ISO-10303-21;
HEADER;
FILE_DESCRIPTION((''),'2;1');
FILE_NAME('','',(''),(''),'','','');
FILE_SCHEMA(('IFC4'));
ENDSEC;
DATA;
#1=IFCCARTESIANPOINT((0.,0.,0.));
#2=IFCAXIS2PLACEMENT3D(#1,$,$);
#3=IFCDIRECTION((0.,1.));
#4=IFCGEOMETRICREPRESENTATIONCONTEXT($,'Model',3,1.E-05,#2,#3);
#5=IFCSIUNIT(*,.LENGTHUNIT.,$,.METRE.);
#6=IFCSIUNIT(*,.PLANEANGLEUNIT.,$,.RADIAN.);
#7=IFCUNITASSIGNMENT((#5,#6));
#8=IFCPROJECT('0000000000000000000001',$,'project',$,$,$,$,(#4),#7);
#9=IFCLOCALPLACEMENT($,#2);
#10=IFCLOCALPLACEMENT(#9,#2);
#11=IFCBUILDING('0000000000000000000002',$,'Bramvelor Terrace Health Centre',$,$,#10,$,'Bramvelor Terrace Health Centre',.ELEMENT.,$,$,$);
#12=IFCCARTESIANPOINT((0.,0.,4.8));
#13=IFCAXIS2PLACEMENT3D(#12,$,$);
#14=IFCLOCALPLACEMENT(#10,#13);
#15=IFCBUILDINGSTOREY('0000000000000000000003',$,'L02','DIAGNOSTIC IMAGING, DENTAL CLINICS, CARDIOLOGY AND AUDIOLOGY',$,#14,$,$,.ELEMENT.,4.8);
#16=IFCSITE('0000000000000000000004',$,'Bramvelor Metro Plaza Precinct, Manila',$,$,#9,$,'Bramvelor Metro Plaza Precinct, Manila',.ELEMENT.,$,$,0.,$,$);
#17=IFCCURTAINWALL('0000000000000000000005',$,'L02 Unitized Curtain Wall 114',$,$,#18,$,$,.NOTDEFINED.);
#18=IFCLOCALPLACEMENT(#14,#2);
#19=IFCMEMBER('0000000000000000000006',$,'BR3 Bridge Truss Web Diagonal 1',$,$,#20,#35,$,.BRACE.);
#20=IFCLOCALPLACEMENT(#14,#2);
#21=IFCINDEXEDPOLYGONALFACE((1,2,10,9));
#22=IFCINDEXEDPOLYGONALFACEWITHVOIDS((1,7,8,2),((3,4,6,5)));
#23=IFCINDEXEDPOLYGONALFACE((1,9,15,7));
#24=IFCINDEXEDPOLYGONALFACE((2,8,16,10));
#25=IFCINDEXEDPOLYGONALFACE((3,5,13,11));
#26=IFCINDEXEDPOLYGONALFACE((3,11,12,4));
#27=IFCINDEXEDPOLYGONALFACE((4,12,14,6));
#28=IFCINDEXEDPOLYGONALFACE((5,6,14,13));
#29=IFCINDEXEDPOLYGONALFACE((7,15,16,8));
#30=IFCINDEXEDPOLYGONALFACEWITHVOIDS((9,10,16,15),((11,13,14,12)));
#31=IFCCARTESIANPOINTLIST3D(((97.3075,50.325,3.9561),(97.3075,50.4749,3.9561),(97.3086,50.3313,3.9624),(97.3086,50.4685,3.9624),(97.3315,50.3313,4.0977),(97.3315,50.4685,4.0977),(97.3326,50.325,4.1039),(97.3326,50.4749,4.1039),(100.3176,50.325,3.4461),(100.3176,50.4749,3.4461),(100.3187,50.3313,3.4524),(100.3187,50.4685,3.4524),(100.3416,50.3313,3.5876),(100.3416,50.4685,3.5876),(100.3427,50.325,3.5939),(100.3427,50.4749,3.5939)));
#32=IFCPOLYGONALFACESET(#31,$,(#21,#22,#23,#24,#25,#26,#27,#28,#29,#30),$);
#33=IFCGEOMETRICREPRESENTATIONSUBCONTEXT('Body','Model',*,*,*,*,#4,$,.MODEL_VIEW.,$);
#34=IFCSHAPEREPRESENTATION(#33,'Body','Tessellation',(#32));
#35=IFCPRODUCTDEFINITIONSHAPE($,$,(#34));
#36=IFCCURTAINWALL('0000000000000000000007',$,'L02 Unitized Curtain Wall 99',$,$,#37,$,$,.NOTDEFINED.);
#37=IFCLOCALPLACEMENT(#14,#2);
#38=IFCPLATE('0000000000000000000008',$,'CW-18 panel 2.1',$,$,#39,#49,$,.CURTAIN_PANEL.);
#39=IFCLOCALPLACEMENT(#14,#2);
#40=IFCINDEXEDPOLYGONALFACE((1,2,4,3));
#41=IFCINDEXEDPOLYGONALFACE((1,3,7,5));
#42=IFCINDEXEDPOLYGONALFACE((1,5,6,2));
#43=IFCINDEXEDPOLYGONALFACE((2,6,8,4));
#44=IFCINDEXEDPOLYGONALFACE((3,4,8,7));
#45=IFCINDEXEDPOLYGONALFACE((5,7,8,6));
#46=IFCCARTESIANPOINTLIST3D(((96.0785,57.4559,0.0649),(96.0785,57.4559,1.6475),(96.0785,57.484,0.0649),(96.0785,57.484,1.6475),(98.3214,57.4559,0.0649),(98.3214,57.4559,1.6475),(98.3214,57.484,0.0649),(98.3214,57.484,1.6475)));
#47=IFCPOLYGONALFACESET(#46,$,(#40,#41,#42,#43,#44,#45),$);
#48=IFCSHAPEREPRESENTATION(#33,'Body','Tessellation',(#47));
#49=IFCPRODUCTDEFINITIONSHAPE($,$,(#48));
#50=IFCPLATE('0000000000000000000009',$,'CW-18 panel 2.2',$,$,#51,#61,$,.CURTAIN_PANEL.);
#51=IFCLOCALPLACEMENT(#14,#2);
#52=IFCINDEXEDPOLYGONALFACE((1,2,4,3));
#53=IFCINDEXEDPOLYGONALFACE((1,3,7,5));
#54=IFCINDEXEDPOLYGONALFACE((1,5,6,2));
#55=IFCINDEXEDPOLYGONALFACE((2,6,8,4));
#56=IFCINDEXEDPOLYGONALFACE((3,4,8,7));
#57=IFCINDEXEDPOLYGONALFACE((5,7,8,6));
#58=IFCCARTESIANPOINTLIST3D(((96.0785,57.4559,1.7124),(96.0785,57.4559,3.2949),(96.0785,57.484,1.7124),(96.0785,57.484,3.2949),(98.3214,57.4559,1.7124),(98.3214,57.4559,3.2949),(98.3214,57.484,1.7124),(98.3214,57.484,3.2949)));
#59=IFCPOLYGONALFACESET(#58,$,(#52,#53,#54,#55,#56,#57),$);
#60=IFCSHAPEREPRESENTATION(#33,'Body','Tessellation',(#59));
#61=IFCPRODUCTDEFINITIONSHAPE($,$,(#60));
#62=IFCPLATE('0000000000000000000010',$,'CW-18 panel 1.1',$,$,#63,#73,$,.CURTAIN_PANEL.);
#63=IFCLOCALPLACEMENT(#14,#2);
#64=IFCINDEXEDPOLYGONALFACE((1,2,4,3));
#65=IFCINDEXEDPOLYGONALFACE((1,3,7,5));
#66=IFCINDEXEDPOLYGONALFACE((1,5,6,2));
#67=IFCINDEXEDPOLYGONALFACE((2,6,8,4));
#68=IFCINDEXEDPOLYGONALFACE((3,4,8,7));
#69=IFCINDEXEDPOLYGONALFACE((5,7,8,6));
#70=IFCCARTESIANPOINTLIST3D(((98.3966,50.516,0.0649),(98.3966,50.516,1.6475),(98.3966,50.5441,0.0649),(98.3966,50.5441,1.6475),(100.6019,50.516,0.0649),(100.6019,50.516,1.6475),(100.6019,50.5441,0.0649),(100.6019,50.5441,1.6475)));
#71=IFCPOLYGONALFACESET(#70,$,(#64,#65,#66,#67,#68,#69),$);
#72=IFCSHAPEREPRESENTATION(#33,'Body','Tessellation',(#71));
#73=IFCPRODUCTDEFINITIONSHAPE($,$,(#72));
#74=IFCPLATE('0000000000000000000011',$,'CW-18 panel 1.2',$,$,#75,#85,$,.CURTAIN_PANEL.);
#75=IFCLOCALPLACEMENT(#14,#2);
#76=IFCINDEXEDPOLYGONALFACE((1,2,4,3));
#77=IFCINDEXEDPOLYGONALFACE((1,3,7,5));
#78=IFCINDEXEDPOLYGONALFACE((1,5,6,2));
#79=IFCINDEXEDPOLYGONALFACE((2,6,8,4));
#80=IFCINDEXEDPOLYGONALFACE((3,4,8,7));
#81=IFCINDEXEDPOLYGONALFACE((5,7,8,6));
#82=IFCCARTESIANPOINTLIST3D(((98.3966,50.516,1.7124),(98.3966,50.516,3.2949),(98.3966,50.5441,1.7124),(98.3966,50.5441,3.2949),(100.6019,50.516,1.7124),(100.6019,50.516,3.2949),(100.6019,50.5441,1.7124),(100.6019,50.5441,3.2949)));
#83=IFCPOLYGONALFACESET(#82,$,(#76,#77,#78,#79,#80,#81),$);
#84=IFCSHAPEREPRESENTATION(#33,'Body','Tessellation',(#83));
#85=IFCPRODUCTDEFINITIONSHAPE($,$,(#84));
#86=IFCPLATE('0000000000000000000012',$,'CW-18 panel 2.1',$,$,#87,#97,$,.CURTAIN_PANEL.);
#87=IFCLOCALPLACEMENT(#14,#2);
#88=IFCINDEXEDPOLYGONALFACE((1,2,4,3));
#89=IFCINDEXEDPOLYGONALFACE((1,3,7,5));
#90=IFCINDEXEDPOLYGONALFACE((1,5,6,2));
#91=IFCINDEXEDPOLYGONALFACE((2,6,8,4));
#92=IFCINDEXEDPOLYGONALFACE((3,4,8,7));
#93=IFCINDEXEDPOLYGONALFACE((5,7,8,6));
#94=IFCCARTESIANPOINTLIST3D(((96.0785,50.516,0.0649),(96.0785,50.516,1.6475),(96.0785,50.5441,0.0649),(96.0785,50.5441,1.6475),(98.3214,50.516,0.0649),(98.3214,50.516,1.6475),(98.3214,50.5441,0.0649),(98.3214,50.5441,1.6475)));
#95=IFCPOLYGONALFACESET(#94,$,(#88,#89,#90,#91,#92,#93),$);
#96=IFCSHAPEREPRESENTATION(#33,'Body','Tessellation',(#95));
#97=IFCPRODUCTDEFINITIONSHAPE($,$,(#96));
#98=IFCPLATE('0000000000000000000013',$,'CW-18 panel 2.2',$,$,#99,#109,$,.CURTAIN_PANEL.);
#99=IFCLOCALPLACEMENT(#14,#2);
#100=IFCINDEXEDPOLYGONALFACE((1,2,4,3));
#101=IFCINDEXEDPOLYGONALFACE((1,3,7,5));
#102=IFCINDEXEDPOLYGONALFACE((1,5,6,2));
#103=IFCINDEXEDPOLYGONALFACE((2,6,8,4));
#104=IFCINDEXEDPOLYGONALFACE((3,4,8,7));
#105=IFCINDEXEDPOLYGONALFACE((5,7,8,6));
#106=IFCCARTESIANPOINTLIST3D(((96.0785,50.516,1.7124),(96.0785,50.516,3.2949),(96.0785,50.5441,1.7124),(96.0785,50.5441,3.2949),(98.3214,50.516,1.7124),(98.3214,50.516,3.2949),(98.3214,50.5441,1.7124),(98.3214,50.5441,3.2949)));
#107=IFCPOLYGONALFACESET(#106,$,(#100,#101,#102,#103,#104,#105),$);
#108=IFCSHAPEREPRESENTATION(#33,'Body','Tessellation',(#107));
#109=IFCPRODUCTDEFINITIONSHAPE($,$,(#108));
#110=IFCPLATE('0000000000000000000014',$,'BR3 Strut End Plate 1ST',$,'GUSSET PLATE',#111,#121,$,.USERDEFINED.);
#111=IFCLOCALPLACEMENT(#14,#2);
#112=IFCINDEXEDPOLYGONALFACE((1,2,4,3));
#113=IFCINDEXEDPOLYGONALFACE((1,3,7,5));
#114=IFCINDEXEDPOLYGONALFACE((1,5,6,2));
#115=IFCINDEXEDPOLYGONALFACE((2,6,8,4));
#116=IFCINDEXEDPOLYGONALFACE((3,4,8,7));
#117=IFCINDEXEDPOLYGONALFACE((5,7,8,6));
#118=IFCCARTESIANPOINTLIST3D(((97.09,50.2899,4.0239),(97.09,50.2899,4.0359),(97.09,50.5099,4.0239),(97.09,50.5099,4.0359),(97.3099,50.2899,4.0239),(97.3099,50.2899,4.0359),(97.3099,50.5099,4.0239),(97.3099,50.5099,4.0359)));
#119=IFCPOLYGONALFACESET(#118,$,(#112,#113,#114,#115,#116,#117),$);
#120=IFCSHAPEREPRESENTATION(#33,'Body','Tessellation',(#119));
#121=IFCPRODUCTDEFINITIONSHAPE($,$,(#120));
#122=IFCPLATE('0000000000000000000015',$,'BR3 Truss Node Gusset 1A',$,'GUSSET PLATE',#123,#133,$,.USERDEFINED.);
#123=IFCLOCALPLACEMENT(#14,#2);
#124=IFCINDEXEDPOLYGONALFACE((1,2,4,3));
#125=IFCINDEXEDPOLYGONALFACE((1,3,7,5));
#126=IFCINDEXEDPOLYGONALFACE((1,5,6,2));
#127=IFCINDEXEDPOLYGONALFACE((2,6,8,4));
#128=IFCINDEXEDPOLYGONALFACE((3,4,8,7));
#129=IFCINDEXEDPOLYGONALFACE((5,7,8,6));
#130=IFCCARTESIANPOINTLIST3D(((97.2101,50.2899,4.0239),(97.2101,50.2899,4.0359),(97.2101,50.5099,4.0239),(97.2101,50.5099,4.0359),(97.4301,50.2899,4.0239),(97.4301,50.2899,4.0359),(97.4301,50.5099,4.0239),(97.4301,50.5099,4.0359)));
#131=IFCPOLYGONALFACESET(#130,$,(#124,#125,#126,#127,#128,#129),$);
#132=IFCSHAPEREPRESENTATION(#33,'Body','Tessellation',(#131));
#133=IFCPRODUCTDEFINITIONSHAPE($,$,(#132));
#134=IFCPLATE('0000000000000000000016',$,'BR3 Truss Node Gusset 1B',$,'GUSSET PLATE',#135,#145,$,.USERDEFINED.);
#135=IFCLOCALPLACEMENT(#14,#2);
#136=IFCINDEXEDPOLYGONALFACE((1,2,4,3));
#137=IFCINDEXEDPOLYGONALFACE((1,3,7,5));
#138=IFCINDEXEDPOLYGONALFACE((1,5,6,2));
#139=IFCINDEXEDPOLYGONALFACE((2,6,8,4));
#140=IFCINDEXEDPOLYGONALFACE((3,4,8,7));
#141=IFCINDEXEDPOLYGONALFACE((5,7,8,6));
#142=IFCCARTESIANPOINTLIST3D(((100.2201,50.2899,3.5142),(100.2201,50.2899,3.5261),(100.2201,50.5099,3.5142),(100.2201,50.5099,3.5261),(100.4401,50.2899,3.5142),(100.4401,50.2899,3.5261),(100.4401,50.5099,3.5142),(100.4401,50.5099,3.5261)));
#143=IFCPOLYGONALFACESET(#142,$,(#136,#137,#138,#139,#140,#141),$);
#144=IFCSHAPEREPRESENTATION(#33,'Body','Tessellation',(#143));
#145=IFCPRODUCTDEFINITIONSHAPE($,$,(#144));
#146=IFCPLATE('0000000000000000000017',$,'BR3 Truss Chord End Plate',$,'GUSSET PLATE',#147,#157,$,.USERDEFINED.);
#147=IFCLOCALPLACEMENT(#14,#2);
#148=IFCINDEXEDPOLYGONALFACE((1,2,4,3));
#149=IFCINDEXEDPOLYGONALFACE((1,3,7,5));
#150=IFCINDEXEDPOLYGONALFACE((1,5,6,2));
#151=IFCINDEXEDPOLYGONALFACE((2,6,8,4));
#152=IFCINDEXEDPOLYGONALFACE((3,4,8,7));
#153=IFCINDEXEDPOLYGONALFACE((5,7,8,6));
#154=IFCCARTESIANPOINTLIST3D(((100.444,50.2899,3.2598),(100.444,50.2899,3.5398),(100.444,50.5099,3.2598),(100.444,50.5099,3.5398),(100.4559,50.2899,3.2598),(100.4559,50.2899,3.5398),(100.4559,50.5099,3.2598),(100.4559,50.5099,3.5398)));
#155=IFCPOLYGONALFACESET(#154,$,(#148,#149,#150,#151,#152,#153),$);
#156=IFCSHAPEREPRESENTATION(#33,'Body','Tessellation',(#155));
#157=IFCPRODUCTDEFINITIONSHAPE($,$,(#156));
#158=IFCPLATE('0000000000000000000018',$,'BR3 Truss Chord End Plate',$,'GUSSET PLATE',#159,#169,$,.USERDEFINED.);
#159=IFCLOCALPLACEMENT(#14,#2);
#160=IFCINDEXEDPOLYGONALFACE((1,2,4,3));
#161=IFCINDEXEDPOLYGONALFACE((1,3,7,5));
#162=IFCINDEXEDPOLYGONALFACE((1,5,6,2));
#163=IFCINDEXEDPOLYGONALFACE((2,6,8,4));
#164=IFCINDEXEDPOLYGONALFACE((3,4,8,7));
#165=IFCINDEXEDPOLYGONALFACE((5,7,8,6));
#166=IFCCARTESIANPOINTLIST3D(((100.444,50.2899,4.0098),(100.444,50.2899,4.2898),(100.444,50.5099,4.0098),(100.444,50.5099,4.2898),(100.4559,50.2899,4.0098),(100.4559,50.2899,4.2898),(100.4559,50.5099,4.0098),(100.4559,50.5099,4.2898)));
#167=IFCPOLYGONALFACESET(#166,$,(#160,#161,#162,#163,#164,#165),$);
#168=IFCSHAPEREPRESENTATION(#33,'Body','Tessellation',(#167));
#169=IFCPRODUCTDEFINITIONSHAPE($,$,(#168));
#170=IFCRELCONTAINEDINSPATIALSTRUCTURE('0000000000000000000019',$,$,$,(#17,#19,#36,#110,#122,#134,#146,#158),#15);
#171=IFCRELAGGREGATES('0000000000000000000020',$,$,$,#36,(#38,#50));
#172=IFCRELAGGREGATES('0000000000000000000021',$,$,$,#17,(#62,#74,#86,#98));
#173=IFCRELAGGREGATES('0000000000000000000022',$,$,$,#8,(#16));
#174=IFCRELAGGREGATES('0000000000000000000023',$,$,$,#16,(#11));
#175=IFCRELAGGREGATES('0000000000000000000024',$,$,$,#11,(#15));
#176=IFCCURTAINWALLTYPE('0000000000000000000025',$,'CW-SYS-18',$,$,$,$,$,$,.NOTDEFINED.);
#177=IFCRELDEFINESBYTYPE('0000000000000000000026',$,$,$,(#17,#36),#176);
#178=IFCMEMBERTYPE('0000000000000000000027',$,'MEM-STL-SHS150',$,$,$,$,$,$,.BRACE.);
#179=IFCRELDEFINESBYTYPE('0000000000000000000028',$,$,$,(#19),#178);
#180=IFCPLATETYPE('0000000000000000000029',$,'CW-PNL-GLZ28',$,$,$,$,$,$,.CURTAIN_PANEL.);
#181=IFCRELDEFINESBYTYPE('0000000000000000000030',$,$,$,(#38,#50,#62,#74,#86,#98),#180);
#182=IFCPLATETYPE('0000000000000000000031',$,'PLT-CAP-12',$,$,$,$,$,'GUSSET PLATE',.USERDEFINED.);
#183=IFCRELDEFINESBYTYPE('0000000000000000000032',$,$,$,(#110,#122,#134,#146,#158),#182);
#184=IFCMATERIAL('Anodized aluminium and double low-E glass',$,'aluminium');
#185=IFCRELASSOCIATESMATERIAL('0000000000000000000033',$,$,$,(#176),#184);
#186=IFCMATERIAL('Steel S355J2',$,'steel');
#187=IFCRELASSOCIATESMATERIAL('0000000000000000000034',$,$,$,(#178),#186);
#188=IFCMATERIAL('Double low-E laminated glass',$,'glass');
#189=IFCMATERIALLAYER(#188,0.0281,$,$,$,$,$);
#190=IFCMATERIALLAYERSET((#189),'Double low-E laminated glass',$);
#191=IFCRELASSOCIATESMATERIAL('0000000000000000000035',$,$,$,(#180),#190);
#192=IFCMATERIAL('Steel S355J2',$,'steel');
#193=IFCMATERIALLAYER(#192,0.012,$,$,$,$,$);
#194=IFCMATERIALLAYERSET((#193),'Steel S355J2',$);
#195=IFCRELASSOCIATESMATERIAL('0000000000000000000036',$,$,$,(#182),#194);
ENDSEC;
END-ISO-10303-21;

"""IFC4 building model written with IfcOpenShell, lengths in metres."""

from ifc_helpers import new_model, si_unit, direction, frame, origin, origin_2d, place, context, subcontext, project, spatial, rectangle, hollow_rectangle, extrude, material, layer, layer_set, material_profile, profile_set, type_object, element, aggregate, save


model = new_model("IFC4")

# Units and contexts
model_context = context("Model", 3, precision=1e-05, world=origin(), true_north=direction((0.0, 1.0)))
body_context = subcontext(model_context, "Body", "Model", "MODEL_VIEW")
ifc_project = project(units=[si_unit("LENGTHUNIT", "METRE"), si_unit("PLANEANGLEUNIT", "RADIAN")], contexts=[model_context])

# Site, building, storey
site_placement = place(None, origin())
site = spatial("IfcSite", under=ifc_project, at=site_placement, Name="Bramvelor Metro Plaza Precinct, Manila", LongName="Bramvelor Metro Plaza Precinct, Manila", CompositionType="ELEMENT", RefElevation=0.0)
building_placement = place(site_placement, origin())
building = spatial("IfcBuilding", under=site, at=building_placement, Name="Bramvelor Terrace Health Centre", LongName="Bramvelor Terrace Health Centre", CompositionType="ELEMENT")
storey_placement = place(building_placement, frame((0.0, 0.0, 4.8)))
storey = spatial("IfcBuildingStorey", under=building, at=storey_placement, Name="L02", Description="DIAGNOSTIC IMAGING, DENTAL CLINICS, CARDIOLOGY AND AUDIOLOGY", CompositionType="ELEMENT", Elevation=4.8)

# Curtain wall
ifc_material_1 = material(Name="Anodized aluminium and double low-E glass", Category="aluminium")
curtain_wall_type = type_object("IfcCurtainWallType", Name="CW-SYS-18", PredefinedType="NOTDEFINED", material=ifc_material_1)
curtain_wall_1_placement = place(storey_placement, origin())
curtain_wall_1 = element("IfcCurtainWall", 1, at=curtain_wall_1_placement, inside=storey, type_object=curtain_wall_type, Name="L02 Unitized Curtain Wall 114", PredefinedType="NOTDEFINED")

# Member
ifc_material_2 = material(Name="Steel S355J2", Category="steel")
ifc_material_profile_1 = material_profile(ifc_material_2, hollow_rectangle(XDim=0.1499, YDim=0.1499, WallThickness=0.0063, at=origin_2d()), Name="SHS 150x150x6.3")
ifc_profile_set_1 = profile_set([ifc_material_profile_1], Name="Steel S355J2")
member_type_1 = type_object("IfcMemberType", Name="MEM-STL-SHS150", PredefinedType="BRACE", material=ifc_profile_set_1)
member_1_placement = place(storey_placement, frame((97.3201, 50.3999, 4.03), z_axis=(0.985947, 0.0, -0.167057), x_axis=(0.0, 1.0, 0.0)))
element("IfcMember", 2, at=member_1_placement, inside=storey, type_object=member_type_1, Name="BR3 Bridge Truss Web Diagonal 1", PredefinedType="BRACE", context=body_context, shape_type="SweptSolid", body=[
    extrude(hollow_rectangle(XDim=0.1499, YDim=0.1499, WallThickness=0.0063, at=origin_2d()), origin(), (0.0, 0.0, 1.0), 3.053),
])

# Curtain wall, plates
curtain_wall_2_placement = place(storey_placement, origin())
curtain_wall_2 = element("IfcCurtainWall", 3, at=curtain_wall_2_placement, inside=storey, type_object=curtain_wall_type, Name="L02 Unitized Curtain Wall 99", PredefinedType="NOTDEFINED")
ifc_material_3 = material(Name="Double low-E laminated glass", Category="glass")
ifc_layer_1 = layer(ifc_material_3, 0.0281)
ifc_layer_set_1 = layer_set([ifc_layer_1], Name="Double low-E laminated glass")
plate_type_1 = type_object("IfcPlateType", Name="CW-PNL-GLZ28", PredefinedType="CURTAIN_PANEL", material=ifc_layer_set_1)
plate_1_placement = place(storey_placement, frame((97.2, 57.47, 0.0649), z_axis=(0.0, 0.0, 1.0), x_axis=(1.0, 0.0, 0.0)))
plate_1 = element("IfcPlate", 4, at=plate_1_placement, type_object=plate_type_1, Name="CW-18 panel 2.1", PredefinedType="CURTAIN_PANEL", context=body_context, shape_type="SweptSolid", body=[
    extrude(rectangle(XDim=2.2429, YDim=0.0281, at=origin_2d()), origin(), (0.0, 0.0, 1.0), 1.5825),
])
plate_2_placement = place(storey_placement, frame((97.2, 57.47, 1.7124), z_axis=(0.0, 0.0, 1.0), x_axis=(1.0, 0.0, 0.0)))
plate_2 = element("IfcPlate", 5, at=plate_2_placement, type_object=plate_type_1, Name="CW-18 panel 2.2", PredefinedType="CURTAIN_PANEL", context=body_context, shape_type="SweptSolid", body=[
    extrude(rectangle(XDim=2.2429, YDim=0.0281, at=origin_2d()), origin(), (0.0, 0.0, 1.0), 1.5825),
])
aggregate(curtain_wall_2, [plate_1, plate_2])

# Plates
plate_3_placement = place(storey_placement, frame((99.4993, 50.53, 0.0649), z_axis=(0.0, 0.0, 1.0), x_axis=(-1.0, 0.0, 0.0)))
plate_3 = element("IfcPlate", 6, at=plate_3_placement, type_object=plate_type_1, Name="CW-18 panel 1.1", PredefinedType="CURTAIN_PANEL", context=body_context, shape_type="SweptSolid", body=[
    extrude(rectangle(XDim=2.2053, YDim=0.0281, at=origin_2d()), origin(), (0.0, 0.0, 1.0), 1.5825),
])
plate_4_placement = place(storey_placement, frame((99.4993, 50.53, 1.7124), z_axis=(0.0, 0.0, 1.0), x_axis=(-1.0, 0.0, 0.0)))
plate_4 = element("IfcPlate", 7, at=plate_4_placement, type_object=plate_type_1, Name="CW-18 panel 1.2", PredefinedType="CURTAIN_PANEL", context=body_context, shape_type="SweptSolid", body=[
    extrude(rectangle(XDim=2.2053, YDim=0.0281, at=origin_2d()), origin(), (0.0, 0.0, 1.0), 1.5825),
])
plate_5_placement = place(storey_placement, frame((97.2, 50.53, 0.0649), z_axis=(0.0, 0.0, 1.0), x_axis=(-1.0, 0.0, 0.0)))
plate_5 = element("IfcPlate", 8, at=plate_5_placement, type_object=plate_type_1, Name="CW-18 panel 2.1", PredefinedType="CURTAIN_PANEL", context=body_context, shape_type="SweptSolid", body=[
    extrude(rectangle(XDim=2.2429, YDim=0.0281, at=origin_2d()), origin(), (0.0, 0.0, 1.0), 1.5825),
])
plate_6_placement = place(storey_placement, frame((97.2, 50.53, 1.7124), z_axis=(0.0, 0.0, 1.0), x_axis=(-1.0, 0.0, 0.0)))
plate_6 = element("IfcPlate", 9, at=plate_6_placement, type_object=plate_type_1, Name="CW-18 panel 2.2", PredefinedType="CURTAIN_PANEL", context=body_context, shape_type="SweptSolid", body=[
    extrude(rectangle(XDim=2.2429, YDim=0.0281, at=origin_2d()), origin(), (0.0, 0.0, 1.0), 1.5825),
])
aggregate(curtain_wall_1, [plate_3, plate_4, plate_5, plate_6])

# Plates
ifc_material_4 = material(Name="Steel S355J2", Category="steel")
ifc_layer_2 = layer(ifc_material_4, 0.012)
ifc_layer_set_2 = layer_set([ifc_layer_2], Name="Steel S355J2")
plate_type_2 = type_object("IfcPlateType", Name="PLT-CAP-12", ElementType="GUSSET PLATE", PredefinedType="USERDEFINED", material=ifc_layer_set_2)
for number, where, z_axis, x_axis, name in (
    (10, (97.2, 50.3999, 4.0239), (0.0, 0.0, 1.0), (1.0, 0.0, 0.0), "BR3 Strut End Plate 1ST"),
    (11, (97.3201, 50.3999, 4.0239), (0.0, 0.0, 1.0), (1.0, 0.0, 0.0), "BR3 Truss Node Gusset 1A"),
    (12, (100.3301, 50.3999, 3.5142), (0.0, 0.0, 1.0), (1.0, 0.0, 0.0), "BR3 Truss Node Gusset 1B"),
):
    element("IfcPlate", number, at=place(storey_placement, frame(where, z_axis=z_axis, x_axis=x_axis)), inside=storey, type_object=plate_type_2, Name=name, ObjectType="GUSSET PLATE", PredefinedType="USERDEFINED", context=body_context, shape_type="SweptSolid", body=[
        extrude(rectangle(XDim=0.22, YDim=0.22, at=origin_2d()), origin(), (0.0, 0.0, 1.0), 0.012),
    ])
for number, where, z_axis, x_axis, name in (
    (13, (100.45, 50.3999, 3.2598), (0.0, 0.0, 1.0), (1.0, 0.0, 0.0), "BR3 Truss Chord End Plate"),
    (14, (100.45, 50.3999, 4.0098), (0.0, 0.0, 1.0), (1.0, 0.0, 0.0), "BR3 Truss Chord End Plate"),
):
    element("IfcPlate", number, at=place(storey_placement, frame(where, z_axis=z_axis, x_axis=x_axis)), inside=storey, type_object=plate_type_2, Name=name, ObjectType="GUSSET PLATE", PredefinedType="USERDEFINED", context=body_context, shape_type="SweptSolid", body=[
        extrude(rectangle(XDim=0.012, YDim=0.22, at=origin_2d()), origin(), (0.0, 0.0, 1.0), 0.28),
    ])

save(model, "model.ifc")
